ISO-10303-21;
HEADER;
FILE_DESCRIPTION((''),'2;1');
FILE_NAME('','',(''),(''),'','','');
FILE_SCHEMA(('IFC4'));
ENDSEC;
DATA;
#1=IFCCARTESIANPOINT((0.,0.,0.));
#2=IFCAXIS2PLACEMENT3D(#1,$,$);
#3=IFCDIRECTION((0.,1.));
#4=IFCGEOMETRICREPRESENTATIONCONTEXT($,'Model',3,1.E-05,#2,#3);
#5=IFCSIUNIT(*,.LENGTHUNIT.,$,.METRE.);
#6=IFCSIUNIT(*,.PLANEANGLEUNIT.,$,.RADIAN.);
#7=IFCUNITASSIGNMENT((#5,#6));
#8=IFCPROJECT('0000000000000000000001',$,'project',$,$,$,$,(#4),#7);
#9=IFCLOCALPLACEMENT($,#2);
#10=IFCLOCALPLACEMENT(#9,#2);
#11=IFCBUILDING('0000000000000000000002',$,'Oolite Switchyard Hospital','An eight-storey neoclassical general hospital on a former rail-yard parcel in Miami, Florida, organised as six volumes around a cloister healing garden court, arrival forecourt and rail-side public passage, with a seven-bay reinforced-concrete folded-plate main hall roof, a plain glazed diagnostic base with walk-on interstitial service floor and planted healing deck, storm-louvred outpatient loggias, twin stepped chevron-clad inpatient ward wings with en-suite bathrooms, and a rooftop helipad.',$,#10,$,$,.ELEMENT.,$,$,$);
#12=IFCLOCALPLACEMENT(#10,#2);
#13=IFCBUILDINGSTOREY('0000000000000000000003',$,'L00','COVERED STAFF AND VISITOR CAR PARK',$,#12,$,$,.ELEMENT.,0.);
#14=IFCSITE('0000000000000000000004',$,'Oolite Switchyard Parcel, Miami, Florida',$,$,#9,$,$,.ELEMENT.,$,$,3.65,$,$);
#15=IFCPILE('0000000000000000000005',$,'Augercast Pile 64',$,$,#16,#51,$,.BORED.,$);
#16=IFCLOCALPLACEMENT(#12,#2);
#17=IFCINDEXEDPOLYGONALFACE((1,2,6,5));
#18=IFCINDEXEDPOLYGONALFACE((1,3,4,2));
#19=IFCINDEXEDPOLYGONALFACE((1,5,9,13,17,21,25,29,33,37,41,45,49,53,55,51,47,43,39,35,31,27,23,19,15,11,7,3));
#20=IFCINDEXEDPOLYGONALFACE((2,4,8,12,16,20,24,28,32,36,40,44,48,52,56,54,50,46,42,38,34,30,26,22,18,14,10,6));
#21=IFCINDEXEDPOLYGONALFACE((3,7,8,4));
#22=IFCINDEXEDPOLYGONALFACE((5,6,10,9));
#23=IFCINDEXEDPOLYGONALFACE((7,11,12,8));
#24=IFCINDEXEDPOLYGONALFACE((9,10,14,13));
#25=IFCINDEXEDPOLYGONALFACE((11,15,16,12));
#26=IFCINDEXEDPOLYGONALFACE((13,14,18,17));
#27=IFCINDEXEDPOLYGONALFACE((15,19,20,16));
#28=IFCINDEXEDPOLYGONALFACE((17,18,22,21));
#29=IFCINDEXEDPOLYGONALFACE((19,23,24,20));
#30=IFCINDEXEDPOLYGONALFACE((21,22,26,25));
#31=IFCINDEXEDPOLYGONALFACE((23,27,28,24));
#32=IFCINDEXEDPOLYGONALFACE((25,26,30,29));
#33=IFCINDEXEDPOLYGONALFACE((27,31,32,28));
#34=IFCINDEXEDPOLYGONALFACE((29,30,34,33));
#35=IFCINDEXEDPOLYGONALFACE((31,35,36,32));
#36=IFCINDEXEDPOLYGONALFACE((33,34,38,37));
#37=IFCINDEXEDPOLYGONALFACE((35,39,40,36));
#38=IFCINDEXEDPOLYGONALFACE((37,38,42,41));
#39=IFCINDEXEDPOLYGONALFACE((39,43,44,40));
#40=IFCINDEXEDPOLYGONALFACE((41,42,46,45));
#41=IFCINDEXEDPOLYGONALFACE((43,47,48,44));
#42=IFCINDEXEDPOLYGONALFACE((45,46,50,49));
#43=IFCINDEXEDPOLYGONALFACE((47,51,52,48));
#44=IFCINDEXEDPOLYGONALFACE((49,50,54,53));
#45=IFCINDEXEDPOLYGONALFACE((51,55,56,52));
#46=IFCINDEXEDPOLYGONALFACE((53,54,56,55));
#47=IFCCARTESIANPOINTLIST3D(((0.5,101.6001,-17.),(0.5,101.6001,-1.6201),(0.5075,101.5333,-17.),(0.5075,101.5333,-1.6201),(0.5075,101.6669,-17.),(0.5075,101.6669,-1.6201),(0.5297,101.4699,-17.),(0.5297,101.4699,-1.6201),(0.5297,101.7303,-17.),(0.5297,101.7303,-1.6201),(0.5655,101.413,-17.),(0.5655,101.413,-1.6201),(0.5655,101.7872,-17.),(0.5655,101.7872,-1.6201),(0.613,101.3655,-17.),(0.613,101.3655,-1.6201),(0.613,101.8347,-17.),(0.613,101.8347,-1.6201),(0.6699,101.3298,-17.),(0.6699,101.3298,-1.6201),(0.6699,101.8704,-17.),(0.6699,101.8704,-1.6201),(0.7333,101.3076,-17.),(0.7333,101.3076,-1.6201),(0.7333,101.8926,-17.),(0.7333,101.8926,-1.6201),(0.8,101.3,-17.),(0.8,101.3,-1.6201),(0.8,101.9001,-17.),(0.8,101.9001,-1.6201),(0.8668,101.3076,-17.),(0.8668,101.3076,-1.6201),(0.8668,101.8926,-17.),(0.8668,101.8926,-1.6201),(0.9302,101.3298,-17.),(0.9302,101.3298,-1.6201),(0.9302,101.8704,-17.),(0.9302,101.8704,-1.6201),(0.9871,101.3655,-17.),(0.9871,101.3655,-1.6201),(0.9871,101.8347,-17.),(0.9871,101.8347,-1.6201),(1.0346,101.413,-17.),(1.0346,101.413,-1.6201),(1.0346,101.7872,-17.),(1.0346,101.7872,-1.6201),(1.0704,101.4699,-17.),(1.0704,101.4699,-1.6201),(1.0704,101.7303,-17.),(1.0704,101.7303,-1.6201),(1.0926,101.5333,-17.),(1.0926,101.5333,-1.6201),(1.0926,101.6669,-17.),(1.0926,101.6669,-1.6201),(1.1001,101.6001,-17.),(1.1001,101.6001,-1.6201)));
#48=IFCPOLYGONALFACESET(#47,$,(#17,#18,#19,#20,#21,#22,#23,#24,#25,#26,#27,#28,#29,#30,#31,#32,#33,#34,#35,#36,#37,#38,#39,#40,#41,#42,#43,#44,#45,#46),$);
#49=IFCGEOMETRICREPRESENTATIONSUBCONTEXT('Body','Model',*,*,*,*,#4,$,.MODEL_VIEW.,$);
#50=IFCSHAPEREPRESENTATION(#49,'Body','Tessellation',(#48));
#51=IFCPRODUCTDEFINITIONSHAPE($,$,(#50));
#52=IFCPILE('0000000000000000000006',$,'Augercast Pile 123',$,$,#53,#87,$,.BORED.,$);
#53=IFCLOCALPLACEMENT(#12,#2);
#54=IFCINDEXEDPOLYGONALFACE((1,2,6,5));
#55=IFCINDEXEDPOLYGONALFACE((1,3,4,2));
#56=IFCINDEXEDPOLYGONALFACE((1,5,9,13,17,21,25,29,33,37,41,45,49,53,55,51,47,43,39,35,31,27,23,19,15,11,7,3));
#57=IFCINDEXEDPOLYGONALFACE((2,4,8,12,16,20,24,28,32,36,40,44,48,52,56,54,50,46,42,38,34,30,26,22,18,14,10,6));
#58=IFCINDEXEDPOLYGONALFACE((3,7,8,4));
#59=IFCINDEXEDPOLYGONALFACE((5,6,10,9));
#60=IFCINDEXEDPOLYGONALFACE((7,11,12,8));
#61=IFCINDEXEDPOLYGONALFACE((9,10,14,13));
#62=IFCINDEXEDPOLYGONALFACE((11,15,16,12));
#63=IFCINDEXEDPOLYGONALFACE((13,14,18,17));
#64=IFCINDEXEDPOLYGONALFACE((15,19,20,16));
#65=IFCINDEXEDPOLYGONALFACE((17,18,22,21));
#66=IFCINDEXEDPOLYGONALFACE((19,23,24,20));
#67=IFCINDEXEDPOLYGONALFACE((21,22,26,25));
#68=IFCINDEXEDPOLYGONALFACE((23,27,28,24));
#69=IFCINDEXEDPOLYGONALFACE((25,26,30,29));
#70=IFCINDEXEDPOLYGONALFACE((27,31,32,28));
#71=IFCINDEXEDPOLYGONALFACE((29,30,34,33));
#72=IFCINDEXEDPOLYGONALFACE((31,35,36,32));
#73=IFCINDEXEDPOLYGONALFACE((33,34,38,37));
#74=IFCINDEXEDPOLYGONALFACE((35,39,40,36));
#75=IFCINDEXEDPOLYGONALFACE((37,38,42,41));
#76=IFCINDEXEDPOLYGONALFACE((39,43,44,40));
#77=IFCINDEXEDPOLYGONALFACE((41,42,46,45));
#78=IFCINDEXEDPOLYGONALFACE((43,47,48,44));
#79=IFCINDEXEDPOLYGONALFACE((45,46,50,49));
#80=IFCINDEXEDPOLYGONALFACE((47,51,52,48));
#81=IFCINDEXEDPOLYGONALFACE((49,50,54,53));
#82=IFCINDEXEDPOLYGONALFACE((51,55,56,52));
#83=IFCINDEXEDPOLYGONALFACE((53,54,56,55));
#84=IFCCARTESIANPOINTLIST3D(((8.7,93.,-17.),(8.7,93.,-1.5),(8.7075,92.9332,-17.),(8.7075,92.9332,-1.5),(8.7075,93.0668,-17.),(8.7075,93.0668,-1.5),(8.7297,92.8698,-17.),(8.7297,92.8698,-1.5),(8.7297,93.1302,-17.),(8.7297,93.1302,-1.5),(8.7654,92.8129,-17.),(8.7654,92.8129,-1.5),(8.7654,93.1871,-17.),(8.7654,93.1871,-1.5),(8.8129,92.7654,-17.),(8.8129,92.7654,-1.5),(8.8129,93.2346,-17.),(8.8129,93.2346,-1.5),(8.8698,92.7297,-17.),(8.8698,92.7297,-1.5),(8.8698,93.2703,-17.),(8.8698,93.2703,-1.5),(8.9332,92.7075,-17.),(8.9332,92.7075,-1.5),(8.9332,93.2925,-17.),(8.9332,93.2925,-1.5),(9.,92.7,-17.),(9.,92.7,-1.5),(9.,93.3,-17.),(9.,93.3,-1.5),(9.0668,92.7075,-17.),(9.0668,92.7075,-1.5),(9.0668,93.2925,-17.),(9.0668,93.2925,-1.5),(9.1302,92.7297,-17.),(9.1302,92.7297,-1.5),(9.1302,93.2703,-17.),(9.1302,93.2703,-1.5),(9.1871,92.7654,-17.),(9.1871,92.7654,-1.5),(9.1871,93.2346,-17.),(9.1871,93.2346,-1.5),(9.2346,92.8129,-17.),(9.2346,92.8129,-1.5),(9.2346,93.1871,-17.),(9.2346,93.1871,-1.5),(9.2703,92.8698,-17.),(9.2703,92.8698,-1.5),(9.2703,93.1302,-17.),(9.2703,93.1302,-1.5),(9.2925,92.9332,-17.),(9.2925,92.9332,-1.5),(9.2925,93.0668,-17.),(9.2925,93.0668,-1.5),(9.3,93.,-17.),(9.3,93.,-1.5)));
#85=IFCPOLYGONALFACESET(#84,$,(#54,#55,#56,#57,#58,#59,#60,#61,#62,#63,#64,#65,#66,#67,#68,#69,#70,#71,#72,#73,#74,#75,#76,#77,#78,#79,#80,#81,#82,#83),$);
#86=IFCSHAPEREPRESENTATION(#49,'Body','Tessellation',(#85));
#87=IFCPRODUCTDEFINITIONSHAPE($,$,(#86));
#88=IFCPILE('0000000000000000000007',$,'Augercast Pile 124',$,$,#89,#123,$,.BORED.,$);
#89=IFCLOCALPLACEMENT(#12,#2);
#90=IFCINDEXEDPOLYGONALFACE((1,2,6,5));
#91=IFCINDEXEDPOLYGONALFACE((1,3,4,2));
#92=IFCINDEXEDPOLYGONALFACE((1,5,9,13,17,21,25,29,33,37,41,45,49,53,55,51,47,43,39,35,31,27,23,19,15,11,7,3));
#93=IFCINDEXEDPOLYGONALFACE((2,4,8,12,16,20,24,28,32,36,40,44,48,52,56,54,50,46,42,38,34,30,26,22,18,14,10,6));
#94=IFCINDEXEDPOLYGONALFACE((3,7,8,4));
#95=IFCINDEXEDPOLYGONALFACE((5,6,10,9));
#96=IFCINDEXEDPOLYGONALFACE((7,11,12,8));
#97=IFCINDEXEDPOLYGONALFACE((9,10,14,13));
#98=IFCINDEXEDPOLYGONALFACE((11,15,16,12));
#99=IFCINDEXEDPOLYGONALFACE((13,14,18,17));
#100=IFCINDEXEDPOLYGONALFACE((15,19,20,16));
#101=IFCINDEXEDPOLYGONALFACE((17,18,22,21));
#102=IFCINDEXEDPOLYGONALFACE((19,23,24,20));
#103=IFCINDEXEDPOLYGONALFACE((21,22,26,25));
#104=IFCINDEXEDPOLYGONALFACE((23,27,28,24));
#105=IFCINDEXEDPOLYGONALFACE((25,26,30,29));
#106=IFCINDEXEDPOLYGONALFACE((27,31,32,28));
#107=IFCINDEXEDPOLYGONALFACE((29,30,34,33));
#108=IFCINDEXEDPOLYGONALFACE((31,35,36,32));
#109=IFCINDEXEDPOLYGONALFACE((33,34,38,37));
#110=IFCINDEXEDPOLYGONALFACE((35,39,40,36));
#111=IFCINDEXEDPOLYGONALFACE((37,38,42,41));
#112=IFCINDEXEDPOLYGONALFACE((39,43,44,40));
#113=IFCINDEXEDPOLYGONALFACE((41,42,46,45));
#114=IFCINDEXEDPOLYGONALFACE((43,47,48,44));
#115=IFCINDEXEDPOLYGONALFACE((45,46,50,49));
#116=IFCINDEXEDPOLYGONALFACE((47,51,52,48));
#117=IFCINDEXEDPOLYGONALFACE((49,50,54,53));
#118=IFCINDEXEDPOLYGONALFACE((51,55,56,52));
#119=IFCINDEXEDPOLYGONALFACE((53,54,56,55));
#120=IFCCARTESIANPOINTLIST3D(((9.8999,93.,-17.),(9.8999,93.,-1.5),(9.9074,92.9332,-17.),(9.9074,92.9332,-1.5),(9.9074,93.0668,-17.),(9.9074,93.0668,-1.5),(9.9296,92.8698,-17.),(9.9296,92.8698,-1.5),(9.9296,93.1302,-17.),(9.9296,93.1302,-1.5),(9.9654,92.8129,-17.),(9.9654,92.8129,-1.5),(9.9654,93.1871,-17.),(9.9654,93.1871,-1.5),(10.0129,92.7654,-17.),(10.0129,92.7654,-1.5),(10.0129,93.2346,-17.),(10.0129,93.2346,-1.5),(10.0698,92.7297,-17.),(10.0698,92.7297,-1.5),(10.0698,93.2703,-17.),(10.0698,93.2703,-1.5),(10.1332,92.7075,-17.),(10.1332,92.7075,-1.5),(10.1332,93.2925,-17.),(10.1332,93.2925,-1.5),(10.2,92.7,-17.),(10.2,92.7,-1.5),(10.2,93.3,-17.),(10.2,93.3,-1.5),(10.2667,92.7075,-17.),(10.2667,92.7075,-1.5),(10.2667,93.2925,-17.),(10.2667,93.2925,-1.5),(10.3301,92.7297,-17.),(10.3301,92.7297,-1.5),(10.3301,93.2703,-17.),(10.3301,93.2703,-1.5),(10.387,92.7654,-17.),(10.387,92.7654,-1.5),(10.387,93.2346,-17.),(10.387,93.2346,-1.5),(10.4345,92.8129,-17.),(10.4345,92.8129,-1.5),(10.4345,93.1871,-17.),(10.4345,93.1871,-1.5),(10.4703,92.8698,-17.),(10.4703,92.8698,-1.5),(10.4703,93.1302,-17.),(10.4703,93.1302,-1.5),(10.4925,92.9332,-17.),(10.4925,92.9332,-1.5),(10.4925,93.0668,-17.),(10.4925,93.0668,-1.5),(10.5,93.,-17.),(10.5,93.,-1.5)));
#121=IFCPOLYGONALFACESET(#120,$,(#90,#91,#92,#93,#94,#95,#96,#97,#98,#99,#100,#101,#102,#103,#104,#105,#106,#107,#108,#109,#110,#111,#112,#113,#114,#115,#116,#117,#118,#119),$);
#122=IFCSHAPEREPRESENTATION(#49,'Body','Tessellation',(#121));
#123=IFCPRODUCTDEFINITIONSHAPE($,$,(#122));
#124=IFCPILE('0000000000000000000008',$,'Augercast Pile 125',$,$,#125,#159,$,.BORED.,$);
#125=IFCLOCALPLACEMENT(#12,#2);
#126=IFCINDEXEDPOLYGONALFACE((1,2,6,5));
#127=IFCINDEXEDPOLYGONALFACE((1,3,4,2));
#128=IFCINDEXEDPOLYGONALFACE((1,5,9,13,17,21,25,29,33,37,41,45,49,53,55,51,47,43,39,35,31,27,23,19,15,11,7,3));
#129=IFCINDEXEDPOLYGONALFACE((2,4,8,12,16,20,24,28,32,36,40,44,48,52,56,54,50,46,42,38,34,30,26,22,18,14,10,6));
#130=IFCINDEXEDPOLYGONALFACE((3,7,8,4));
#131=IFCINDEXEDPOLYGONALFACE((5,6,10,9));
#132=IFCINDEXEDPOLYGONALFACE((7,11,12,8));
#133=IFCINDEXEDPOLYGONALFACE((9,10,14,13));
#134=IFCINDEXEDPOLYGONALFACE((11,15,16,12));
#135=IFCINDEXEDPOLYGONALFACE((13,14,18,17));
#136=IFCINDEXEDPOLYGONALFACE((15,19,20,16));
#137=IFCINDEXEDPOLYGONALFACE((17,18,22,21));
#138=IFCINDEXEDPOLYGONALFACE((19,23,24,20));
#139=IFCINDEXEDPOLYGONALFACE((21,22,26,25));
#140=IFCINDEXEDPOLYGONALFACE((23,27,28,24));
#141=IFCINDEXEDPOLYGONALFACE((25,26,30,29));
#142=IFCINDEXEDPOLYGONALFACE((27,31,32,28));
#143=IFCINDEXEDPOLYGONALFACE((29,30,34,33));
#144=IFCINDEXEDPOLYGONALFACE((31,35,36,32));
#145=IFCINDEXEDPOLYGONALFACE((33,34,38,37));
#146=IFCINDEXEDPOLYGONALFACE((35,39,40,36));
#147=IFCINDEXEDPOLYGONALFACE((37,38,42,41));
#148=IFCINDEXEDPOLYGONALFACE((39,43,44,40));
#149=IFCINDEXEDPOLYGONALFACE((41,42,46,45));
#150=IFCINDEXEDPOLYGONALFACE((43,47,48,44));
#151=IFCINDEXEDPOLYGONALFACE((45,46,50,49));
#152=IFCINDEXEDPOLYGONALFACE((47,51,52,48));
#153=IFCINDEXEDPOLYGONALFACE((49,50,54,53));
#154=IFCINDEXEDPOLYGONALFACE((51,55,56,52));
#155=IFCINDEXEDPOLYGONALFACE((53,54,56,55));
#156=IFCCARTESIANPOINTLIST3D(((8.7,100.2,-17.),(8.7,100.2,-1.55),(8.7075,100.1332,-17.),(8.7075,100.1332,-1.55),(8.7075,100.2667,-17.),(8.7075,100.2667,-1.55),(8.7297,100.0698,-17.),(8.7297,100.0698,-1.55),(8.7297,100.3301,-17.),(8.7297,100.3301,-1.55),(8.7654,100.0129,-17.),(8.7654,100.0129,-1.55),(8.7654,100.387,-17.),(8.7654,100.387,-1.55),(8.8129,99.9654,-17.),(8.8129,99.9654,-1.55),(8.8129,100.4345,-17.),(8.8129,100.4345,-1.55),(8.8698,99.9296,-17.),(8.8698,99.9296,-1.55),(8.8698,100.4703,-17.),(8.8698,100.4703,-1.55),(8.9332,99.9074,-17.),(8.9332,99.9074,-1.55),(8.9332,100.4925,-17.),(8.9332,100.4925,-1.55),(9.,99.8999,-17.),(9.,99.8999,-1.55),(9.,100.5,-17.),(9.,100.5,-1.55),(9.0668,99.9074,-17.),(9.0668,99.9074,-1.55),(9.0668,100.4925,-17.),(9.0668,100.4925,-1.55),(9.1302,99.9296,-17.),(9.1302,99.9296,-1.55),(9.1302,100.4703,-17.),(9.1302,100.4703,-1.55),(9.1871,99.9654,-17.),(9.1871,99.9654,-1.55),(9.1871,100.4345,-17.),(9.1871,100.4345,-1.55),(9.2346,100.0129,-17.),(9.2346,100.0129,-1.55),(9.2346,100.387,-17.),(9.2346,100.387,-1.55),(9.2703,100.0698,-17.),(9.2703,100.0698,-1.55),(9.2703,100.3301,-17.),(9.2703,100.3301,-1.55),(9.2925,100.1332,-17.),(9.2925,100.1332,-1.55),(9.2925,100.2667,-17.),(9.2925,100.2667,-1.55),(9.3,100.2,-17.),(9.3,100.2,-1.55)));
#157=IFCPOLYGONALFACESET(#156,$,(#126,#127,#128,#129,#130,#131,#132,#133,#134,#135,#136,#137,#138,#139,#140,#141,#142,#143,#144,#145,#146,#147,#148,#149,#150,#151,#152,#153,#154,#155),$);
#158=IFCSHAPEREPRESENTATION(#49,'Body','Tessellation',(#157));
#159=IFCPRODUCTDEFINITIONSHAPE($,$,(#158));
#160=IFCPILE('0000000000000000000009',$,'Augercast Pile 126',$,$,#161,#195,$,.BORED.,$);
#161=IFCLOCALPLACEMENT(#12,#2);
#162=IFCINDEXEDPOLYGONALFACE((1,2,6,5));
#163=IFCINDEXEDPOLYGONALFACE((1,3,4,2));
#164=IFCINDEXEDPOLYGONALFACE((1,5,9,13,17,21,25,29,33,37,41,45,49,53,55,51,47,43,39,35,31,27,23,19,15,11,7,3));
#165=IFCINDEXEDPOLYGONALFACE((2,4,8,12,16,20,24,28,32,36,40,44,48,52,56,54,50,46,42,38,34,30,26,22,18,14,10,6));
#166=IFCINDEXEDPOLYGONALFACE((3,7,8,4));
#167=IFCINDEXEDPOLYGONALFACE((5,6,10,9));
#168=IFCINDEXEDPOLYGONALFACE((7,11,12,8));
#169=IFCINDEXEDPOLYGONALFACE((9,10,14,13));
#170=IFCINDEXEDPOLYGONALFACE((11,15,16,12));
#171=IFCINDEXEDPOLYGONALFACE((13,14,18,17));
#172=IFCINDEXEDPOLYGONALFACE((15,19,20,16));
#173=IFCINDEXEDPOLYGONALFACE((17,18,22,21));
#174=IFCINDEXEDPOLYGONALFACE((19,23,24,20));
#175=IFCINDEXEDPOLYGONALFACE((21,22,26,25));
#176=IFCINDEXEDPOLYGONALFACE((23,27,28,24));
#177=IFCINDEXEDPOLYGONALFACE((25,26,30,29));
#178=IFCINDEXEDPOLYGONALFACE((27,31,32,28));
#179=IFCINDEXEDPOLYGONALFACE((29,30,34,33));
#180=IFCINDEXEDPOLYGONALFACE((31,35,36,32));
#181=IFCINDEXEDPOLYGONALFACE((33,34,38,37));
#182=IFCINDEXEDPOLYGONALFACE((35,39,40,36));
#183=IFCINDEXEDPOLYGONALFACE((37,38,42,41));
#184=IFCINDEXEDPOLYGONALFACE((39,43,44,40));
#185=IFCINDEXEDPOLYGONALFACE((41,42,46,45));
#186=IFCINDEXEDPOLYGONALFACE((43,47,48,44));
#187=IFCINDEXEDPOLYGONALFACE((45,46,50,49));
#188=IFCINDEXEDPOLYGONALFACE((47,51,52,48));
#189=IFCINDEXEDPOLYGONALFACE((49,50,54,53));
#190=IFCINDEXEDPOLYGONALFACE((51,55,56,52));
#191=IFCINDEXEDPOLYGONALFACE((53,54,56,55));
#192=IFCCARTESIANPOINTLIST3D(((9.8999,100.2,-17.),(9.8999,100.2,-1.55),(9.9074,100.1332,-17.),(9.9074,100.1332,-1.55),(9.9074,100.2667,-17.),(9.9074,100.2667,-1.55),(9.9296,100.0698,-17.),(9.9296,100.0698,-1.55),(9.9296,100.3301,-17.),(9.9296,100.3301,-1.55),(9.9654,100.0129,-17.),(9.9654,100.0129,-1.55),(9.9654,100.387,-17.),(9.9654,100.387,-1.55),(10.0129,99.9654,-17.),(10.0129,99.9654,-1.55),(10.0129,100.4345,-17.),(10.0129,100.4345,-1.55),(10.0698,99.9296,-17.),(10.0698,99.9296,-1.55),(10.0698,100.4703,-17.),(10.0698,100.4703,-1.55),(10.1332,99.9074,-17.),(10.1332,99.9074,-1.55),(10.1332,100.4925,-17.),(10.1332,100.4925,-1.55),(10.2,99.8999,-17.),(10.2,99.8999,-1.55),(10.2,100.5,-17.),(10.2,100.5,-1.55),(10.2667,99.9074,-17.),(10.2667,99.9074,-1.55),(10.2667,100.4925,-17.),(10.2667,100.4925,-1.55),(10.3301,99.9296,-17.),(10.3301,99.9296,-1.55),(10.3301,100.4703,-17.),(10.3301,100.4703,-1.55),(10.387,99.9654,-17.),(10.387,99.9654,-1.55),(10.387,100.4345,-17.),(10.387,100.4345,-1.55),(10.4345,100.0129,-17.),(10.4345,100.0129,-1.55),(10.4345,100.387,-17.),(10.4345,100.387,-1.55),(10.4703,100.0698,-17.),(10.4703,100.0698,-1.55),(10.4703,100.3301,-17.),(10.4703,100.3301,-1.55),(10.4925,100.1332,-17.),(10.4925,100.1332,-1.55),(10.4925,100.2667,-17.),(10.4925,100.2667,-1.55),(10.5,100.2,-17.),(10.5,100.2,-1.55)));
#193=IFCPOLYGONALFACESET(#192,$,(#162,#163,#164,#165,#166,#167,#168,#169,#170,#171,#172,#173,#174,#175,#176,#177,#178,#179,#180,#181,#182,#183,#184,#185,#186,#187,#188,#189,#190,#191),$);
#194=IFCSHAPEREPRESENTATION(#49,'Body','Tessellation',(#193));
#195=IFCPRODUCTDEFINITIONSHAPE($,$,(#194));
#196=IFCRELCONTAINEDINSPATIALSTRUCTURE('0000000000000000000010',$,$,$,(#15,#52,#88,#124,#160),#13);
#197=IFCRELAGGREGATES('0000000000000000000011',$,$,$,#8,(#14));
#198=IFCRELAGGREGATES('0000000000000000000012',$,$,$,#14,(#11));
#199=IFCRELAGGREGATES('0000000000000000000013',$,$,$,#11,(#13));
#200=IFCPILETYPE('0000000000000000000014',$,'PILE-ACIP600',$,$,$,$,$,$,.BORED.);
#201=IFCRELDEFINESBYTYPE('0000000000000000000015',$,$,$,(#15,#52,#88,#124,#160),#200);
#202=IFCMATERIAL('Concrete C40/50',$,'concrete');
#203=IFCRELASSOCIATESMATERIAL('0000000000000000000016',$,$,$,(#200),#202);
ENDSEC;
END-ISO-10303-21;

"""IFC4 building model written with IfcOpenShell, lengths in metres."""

from ifc_helpers import new_model, si_unit, direction, frame, origin, origin_2d, place, context, subcontext, project, spatial, circle, extrude, material, material_profile, profile_set, type_object, element, save


model = new_model("IFC4")

# Units and contexts
model_context = context("Model", 3, precision=1e-05, world=origin(), true_north=direction((0.0, 1.0)))
body_context = subcontext(model_context, "Body", "Model", "MODEL_VIEW")
ifc_project = project(units=[si_unit("LENGTHUNIT", "METRE"), si_unit("PLANEANGLEUNIT", "RADIAN")], contexts=[model_context])

# Site, building, storey
site_placement = place(None, origin())
site = spatial("IfcSite", under=ifc_project, at=site_placement, Name="Oolite Switchyard Parcel, Miami, Florida", CompositionType="ELEMENT", RefElevation=3.65)
building_placement = place(site_placement, origin())
building = spatial("IfcBuilding", under=site, at=building_placement, Name="Oolite Switchyard Hospital", Description="An eight-storey neoclassical general hospital on a former rail-yard parcel in Miami, Florida, organised as six volumes around a cloister healing garden court, arrival forecourt and rail-side public passage, with a seven-bay reinforced-concrete folded-plate main hall roof, a plain glazed diagnostic base with walk-on interstitial service floor and planted healing deck, storm-louvred outpatient loggias, twin stepped chevron-clad inpatient ward wings with en-suite bathrooms, and a rooftop helipad.", CompositionType="ELEMENT")
storey_placement = place(building_placement, origin())
storey = spatial("IfcBuildingStorey", under=building, at=storey_placement, Name="L00", Description="COVERED STAFF AND VISITOR CAR PARK", CompositionType="ELEMENT", Elevation=0.0)

# Shared definitions
ifc_material_1 = material(Name="Concrete C40/50", Category="concrete")

# Piles
ifc_material_profile_1 = material_profile(ifc_material_1, circle(Radius=0.3, at=origin_2d()), Name="PILE600")
ifc_profile_set_1 = profile_set([ifc_material_profile_1], Name="Concrete C40/50")
pile_type = type_object("IfcPileType", Name="PILE-ACIP600", PredefinedType="BORED", material=ifc_profile_set_1)
for number, where, z_axis, x_axis, name in (
    (1, (0.8, 101.6001, -1.6201), (0.0, 0.0, -1.0), (1.0, 0.0, 0.0), "Augercast Pile 64"),
):
    element("IfcPile", number, at=place(storey_placement, frame(where, z_axis=z_axis, x_axis=x_axis)), inside=storey, type_object=pile_type, Name=name, PredefinedType="BORED", context=body_context, shape_type="SweptSolid", body=[
        extrude(circle(Radius=0.3, at=origin_2d()), origin(), (0.0, 0.0, 1.0), 15.3799),
    ])
for number, where, z_axis, x_axis, name in (
    (2, (9.0, 93.0, -1.5), (0.0, 0.0, -1.0), (1.0, 0.0, 0.0), "Augercast Pile 123"),
    (3, (10.2, 93.0, -1.5), (0.0, 0.0, -1.0), (1.0, 0.0, 0.0), "Augercast Pile 124"),
):
    element("IfcPile", number, at=place(storey_placement, frame(where, z_axis=z_axis, x_axis=x_axis)), inside=storey, type_object=pile_type, Name=name, PredefinedType="BORED", context=body_context, shape_type="SweptSolid", body=[
        extrude(circle(Radius=0.3, at=origin_2d()), origin(), (0.0, 0.0, 1.0), 15.5),
    ])
for number, where, z_axis, x_axis, name in (
    (4, (9.0, 100.2, -1.55), (0.0, 0.0, -1.0), (1.0, 0.0, 0.0), "Augercast Pile 125"),
    (5, (10.2, 100.2, -1.55), (0.0, 0.0, -1.0), (1.0, 0.0, 0.0), "Augercast Pile 126"),
):
    element("IfcPile", number, at=place(storey_placement, frame(where, z_axis=z_axis, x_axis=x_axis)), inside=storey, type_object=pile_type, Name=name, PredefinedType="BORED", context=body_context, shape_type="SweptSolid", body=[
        extrude(circle(Radius=0.3, at=origin_2d()), origin(), (0.0, 0.0, 1.0), 15.45),
    ])

save(model, "model.ifc")
